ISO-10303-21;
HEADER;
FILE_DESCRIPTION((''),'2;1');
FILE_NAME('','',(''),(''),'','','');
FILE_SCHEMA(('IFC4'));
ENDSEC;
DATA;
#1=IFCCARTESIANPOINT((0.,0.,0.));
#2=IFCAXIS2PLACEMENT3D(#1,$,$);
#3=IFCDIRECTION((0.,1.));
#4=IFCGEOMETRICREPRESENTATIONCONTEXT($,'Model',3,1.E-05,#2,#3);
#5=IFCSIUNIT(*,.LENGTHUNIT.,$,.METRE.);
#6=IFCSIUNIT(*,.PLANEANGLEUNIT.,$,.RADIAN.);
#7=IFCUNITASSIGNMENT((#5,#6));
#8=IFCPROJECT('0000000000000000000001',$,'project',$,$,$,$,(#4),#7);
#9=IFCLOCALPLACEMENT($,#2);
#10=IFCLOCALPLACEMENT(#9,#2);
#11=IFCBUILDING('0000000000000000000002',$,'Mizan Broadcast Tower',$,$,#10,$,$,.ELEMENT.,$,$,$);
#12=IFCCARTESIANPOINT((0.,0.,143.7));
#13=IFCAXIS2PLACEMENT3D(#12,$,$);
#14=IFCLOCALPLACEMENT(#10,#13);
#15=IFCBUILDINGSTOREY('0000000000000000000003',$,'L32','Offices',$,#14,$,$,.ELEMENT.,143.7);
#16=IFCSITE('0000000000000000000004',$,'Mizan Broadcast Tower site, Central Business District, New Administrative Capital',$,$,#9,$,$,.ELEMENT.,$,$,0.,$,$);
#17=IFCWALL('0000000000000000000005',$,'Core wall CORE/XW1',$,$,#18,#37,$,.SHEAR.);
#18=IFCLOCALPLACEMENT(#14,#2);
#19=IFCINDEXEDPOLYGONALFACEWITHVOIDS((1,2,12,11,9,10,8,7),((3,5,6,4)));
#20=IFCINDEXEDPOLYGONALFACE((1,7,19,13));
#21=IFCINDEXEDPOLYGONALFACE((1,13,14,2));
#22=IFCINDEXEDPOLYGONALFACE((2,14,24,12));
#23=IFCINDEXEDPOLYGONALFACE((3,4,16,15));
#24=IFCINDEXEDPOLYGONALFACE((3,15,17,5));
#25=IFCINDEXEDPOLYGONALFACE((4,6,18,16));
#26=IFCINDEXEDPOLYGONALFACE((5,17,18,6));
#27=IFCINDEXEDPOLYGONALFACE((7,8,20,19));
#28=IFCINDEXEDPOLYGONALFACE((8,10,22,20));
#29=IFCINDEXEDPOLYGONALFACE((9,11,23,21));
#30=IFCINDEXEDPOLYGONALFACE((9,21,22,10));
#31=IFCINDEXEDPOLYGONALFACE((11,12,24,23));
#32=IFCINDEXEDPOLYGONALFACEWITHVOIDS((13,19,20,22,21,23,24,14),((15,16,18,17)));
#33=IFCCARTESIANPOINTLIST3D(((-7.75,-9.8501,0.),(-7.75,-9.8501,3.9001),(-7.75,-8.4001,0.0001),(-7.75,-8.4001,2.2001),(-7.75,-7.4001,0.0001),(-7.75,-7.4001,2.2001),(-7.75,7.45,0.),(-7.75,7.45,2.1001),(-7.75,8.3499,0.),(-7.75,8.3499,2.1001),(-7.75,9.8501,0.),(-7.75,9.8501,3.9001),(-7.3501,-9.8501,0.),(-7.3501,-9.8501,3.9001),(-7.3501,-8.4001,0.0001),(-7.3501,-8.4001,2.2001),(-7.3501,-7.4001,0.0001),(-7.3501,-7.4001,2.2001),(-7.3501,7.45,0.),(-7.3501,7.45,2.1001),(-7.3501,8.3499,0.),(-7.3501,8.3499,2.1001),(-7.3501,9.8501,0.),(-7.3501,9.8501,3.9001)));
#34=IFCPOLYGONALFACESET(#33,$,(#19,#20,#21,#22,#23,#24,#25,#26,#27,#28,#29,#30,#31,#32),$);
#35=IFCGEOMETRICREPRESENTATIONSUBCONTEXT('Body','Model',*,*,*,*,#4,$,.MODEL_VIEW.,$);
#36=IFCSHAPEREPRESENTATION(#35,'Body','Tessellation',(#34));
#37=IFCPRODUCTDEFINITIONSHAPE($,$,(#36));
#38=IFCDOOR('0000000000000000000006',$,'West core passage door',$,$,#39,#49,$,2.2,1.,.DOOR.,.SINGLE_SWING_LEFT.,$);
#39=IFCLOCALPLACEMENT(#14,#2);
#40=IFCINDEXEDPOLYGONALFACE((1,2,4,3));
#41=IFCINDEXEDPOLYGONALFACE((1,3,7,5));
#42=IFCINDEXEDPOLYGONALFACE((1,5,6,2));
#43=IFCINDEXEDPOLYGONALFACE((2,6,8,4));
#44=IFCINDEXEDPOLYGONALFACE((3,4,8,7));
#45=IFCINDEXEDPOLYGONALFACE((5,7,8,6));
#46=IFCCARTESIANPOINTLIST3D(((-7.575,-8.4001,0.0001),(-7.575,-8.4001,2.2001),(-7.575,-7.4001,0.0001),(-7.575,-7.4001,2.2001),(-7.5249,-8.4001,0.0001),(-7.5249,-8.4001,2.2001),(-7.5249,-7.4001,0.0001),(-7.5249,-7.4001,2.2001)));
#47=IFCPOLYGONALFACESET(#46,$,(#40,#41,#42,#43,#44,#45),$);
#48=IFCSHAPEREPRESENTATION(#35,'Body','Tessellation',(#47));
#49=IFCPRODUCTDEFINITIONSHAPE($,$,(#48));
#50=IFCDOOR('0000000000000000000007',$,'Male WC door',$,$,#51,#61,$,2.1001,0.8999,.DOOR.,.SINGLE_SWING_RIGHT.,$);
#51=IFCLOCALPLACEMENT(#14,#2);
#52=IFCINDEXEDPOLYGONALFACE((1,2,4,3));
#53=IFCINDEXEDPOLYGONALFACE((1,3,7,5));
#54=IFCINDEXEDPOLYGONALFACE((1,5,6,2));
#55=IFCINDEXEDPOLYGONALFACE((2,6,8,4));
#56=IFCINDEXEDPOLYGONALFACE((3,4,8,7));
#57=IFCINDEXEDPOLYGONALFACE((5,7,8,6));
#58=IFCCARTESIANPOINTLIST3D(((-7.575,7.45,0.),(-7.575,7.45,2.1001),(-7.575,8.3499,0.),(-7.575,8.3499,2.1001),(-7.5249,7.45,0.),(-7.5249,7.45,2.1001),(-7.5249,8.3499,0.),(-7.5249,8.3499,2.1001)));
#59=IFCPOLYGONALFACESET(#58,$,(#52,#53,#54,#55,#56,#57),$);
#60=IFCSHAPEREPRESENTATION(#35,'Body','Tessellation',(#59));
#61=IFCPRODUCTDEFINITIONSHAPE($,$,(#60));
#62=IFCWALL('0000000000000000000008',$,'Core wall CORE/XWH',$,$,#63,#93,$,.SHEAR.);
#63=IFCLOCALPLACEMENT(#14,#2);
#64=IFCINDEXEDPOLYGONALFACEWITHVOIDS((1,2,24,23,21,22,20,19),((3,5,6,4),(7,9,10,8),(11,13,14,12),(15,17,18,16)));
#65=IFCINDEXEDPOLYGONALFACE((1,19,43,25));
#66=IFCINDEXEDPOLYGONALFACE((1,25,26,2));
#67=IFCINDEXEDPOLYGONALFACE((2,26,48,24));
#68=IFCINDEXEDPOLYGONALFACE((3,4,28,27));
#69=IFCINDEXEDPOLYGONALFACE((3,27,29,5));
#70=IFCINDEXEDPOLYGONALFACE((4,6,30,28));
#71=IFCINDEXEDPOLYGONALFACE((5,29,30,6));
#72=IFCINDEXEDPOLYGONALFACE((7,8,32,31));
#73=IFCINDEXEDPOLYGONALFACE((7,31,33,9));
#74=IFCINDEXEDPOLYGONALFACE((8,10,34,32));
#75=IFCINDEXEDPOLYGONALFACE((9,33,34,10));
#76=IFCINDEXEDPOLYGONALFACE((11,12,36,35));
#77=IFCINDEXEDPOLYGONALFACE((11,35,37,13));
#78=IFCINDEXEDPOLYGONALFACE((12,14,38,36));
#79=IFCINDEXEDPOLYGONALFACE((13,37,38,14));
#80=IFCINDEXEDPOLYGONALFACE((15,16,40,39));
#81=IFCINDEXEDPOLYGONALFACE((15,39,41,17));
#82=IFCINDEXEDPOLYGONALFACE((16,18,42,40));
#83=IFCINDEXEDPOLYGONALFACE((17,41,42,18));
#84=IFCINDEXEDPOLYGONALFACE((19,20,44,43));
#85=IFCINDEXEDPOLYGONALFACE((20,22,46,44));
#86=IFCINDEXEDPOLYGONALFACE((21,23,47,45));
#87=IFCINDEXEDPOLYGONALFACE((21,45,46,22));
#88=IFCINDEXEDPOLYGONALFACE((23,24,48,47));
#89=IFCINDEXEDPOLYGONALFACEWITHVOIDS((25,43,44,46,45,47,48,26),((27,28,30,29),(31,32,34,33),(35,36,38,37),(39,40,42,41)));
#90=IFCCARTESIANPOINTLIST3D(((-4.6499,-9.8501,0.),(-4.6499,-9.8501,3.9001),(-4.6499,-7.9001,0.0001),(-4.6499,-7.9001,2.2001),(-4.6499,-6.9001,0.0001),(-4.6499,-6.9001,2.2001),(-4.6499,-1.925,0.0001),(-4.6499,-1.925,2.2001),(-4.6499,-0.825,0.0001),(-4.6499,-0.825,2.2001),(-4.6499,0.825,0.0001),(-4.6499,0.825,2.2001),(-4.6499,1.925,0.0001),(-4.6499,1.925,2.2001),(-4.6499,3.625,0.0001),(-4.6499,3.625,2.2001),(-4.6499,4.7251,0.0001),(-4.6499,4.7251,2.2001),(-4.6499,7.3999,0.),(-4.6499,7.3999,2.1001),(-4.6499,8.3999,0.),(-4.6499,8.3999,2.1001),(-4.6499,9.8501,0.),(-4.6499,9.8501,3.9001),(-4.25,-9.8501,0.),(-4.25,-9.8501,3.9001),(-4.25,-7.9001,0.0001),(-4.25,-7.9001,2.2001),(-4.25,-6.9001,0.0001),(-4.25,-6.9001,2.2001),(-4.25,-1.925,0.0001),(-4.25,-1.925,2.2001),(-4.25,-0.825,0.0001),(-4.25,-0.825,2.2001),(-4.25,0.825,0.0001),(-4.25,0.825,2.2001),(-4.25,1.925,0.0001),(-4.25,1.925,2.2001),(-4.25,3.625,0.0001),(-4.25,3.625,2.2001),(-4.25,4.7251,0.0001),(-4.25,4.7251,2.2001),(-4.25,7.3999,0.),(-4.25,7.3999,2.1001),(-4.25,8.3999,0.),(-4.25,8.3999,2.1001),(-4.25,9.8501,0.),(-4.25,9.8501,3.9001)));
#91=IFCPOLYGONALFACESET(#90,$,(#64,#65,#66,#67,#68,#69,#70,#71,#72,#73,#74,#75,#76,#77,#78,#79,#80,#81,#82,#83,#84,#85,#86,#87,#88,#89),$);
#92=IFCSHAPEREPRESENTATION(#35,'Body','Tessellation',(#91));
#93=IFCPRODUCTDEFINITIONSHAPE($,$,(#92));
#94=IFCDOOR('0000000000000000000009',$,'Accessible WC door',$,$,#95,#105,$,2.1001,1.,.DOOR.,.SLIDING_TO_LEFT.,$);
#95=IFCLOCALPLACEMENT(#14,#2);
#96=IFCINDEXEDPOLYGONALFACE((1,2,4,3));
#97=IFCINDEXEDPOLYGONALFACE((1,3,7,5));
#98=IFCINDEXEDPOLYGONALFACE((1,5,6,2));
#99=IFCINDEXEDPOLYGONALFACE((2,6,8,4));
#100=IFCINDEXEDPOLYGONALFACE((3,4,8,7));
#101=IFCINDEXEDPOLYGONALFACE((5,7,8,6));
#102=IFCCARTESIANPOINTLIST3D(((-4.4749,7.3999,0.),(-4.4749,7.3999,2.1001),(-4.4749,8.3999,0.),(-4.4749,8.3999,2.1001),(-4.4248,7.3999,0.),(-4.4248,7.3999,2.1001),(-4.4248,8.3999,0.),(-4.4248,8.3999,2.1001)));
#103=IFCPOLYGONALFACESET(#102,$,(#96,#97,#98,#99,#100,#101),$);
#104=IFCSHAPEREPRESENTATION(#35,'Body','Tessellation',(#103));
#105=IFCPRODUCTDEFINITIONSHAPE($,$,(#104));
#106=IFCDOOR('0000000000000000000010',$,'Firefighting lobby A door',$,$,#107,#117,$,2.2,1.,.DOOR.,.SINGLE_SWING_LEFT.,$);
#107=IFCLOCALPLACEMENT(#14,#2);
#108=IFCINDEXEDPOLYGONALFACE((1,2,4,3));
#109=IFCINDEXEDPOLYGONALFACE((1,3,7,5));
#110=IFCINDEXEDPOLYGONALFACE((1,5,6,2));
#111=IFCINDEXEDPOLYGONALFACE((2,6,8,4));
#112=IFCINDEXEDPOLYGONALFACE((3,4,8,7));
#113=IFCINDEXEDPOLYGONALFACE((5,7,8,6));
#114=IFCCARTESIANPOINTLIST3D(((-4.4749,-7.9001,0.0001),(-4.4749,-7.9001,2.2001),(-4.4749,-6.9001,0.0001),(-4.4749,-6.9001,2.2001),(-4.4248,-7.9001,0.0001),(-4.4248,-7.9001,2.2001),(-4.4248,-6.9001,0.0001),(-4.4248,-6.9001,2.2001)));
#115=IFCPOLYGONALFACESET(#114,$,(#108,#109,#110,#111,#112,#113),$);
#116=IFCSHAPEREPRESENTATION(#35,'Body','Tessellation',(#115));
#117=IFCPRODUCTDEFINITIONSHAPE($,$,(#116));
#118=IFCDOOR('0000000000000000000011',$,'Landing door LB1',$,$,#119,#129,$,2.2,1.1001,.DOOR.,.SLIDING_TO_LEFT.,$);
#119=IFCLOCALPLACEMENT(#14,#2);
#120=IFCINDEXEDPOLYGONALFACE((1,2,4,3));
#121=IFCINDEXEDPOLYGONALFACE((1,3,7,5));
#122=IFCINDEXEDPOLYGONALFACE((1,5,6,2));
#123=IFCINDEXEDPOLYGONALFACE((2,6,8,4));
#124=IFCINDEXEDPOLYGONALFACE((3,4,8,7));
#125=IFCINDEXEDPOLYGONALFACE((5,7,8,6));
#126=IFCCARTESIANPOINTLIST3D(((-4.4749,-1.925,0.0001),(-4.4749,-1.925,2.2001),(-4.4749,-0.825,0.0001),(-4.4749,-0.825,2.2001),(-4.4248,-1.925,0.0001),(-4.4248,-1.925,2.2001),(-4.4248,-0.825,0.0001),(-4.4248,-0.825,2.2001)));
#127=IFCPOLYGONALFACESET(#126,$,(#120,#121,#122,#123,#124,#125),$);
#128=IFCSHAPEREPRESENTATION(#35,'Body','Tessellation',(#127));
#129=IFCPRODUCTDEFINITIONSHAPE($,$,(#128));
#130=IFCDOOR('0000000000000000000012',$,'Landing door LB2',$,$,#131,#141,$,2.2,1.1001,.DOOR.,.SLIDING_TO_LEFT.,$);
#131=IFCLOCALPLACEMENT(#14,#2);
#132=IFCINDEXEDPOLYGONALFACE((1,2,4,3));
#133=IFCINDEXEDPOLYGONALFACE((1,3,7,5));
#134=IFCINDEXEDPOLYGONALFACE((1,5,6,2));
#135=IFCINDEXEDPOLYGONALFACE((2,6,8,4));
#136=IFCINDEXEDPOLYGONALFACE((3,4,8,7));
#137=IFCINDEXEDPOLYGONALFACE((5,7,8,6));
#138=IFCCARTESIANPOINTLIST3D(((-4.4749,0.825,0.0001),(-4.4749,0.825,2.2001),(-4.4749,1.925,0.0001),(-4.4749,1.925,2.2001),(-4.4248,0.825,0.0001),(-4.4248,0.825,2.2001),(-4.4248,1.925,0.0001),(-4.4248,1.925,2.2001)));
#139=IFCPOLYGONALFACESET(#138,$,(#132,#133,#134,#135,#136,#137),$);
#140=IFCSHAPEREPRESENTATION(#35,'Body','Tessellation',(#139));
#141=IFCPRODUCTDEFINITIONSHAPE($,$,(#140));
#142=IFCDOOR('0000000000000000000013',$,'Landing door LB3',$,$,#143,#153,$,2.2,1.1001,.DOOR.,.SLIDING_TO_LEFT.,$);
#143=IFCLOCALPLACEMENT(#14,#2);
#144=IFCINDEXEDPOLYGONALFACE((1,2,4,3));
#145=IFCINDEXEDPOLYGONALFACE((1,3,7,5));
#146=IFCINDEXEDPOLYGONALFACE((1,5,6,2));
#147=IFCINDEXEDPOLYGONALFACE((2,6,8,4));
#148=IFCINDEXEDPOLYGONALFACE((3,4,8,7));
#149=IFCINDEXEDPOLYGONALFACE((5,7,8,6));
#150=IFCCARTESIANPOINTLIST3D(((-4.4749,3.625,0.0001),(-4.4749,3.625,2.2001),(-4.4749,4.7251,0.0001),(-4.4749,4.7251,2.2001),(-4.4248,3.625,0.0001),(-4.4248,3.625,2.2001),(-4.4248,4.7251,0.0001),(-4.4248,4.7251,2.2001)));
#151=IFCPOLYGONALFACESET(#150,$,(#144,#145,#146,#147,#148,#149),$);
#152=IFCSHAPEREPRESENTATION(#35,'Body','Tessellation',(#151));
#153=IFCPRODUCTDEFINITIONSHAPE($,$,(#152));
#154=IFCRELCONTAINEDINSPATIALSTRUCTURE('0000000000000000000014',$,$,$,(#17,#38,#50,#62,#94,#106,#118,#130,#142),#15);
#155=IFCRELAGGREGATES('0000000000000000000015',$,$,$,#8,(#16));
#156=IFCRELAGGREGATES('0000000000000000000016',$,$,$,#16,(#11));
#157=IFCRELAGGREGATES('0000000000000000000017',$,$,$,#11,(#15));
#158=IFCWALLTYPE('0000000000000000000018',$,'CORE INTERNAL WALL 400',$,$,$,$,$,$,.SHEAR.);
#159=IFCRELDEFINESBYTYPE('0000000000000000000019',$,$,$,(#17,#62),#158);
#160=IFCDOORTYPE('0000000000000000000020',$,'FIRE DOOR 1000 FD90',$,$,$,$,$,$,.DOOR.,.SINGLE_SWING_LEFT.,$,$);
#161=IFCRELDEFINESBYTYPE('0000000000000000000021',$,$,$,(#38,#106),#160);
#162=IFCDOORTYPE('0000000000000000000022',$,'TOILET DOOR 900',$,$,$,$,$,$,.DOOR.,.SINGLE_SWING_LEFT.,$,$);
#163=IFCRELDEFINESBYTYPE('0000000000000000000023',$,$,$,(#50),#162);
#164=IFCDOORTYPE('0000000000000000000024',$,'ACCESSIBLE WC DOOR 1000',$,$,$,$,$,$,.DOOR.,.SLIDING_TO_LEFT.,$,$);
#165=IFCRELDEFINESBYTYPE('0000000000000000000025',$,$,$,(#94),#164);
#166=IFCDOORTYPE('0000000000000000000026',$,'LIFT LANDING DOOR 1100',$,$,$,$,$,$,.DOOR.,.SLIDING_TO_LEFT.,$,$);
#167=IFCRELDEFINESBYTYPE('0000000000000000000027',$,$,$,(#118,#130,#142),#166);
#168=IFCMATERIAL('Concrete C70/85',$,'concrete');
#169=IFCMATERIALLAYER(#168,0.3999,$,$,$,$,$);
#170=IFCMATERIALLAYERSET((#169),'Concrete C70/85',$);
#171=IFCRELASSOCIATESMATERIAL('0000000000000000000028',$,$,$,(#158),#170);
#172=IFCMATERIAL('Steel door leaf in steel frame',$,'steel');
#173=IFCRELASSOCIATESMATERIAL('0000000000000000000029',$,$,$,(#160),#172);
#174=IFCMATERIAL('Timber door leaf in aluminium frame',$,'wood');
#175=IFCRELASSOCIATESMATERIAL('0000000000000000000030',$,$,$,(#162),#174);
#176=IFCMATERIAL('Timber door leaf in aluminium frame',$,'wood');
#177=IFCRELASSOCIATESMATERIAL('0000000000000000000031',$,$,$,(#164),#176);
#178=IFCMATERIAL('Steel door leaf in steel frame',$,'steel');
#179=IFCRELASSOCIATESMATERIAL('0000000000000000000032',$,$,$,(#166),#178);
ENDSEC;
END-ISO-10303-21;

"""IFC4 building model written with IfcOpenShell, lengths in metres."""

from ifc_helpers import new_model, si_unit, direction, frame, frame_2d, origin, place, context, subcontext, project, spatial, rectangle, extrude, material, layer, layer_set, type_object, element, fill, save


model = new_model("IFC4")

# Units and contexts
model_context = context("Model", 3, precision=1e-05, world=origin(), true_north=direction((0.0, 1.0)))
body_context = subcontext(model_context, "Body", "Model", "MODEL_VIEW")
ifc_project = project(units=[si_unit("LENGTHUNIT", "METRE"), si_unit("PLANEANGLEUNIT", "RADIAN")], contexts=[model_context])

# Site, building, storey
site_placement = place(None, origin())
site = spatial("IfcSite", under=ifc_project, at=site_placement, Name="Mizan Broadcast Tower site, Central Business District, New Administrative Capital", CompositionType="ELEMENT", RefElevation=0.0)
building_placement = place(site_placement, origin())
building = spatial("IfcBuilding", under=site, at=building_placement, Name="Mizan Broadcast Tower", CompositionType="ELEMENT")
storey_placement = place(building_placement, frame((0.0, 0.0, 143.7)))
storey = spatial("IfcBuildingStorey", under=building, at=storey_placement, Name="L32", Description="Offices", CompositionType="ELEMENT", Elevation=143.7)

# Walls, openings, doors
ifc_material_1 = material(Name="Concrete C70/85", Category="concrete")
ifc_layer_1 = layer(ifc_material_1, 0.3999)
ifc_layer_set_1 = layer_set([ifc_layer_1], Name="Concrete C70/85")
wall_type_1 = type_object("IfcWallType", Name="CORE INTERNAL WALL 400", PredefinedType="SHEAR", material=ifc_layer_set_1)
wall_1_placement = place(storey_placement, frame((-7.55, -9.8501, 0.0), z_axis=(0.0, 0.0, 1.0), x_axis=(0.0, 1.0, 0.0)))
wall_1 = element("IfcWall", 1, at=wall_1_placement, inside=storey, type_object=wall_type_1, Name="Core wall CORE/XW1", PredefinedType="SHEAR", context=body_context, shape_type="SweptSolid", body=[
    extrude(rectangle(XDim=19.7002, YDim=0.3999, at=frame_2d((9.8501, 0.0))), origin(), (0.0, 0.0, 1.0), 3.9001),
])
opening_1_placement = place(wall_1_placement, frame((1.45, 0.0, 0.0)))
opening_1 = element("IfcOpeningElement", 2, at=opening_1_placement, cuts=wall_1, PredefinedType="OPENING", context=body_context, shape_type="SweptSolid", body=[
    extrude(rectangle(XDim=1.0, YDim=2.2, at=frame_2d((0.5, 1.1001))), frame((0.0, 0.21, 0.0), z_axis=(0.0, -1.0, 0.0), x_axis=(1.0, 0.0, 0.0)), (0.0, 0.0, 1.0), 0.4199),
])
opening_2_placement = place(wall_1_placement, frame((17.3, 0.0, 0.0)))
opening_2 = element("IfcOpeningElement", 3, at=opening_2_placement, cuts=wall_1, PredefinedType="OPENING", context=body_context, shape_type="SweptSolid", body=[
    extrude(rectangle(XDim=0.8999, YDim=2.1001, at=frame_2d((0.45, 1.05))), frame((0.0, 0.21, 0.0), z_axis=(0.0, -1.0, 0.0), x_axis=(1.0, 0.0, 0.0)), (0.0, 0.0, 1.0), 0.4199),
])
ifc_material_2 = material(Name="Steel door leaf in steel frame", Category="steel")
door_type_1 = type_object("IfcDoorType", Name="FIRE DOOR 1000 FD90", OperationType="SINGLE_SWING_LEFT", PredefinedType="DOOR", material=ifc_material_2)
door_1_placement = place(opening_1_placement, origin())
door_1 = element("IfcDoor", 4, at=door_1_placement, inside=storey, type_object=door_type_1, Name="West core passage door", OperationType="SINGLE_SWING_LEFT", OverallHeight=2.2, OverallWidth=1.0, PredefinedType="DOOR", context=body_context, shape_type="SweptSolid", body=[
    extrude(rectangle(XDim=1.0, YDim=2.2, at=frame_2d((0.5, 1.1001))), frame((0.0, 0.0249, 0.0), z_axis=(0.0, -1.0, 0.0), x_axis=(1.0, 0.0, 0.0)), (0.0, 0.0, 1.0), 0.05),
])
fill(opening_1, door_1)
ifc_material_3 = material(Name="Timber door leaf in aluminium frame", Category="wood")
door_type_2 = type_object("IfcDoorType", Name="TOILET DOOR 900", OperationType="SINGLE_SWING_LEFT", PredefinedType="DOOR", material=ifc_material_3)
door_2_placement = place(opening_2_placement, origin())
door_2 = element("IfcDoor", 5, at=door_2_placement, inside=storey, type_object=door_type_2, Name="Male WC door", OperationType="SINGLE_SWING_RIGHT", OverallHeight=2.1001, OverallWidth=0.8999, PredefinedType="DOOR", context=body_context, shape_type="SweptSolid", body=[
    extrude(rectangle(XDim=0.8999, YDim=2.1001, at=frame_2d((0.45, 1.05))), frame((0.0, 0.0249, 0.0), z_axis=(0.0, -1.0, 0.0), x_axis=(1.0, 0.0, 0.0)), (0.0, 0.0, 1.0), 0.05),
])
fill(opening_2, door_2)
wall_2_placement = place(storey_placement, frame((-4.45, -9.8501, 0.0), z_axis=(0.0, 0.0, 1.0), x_axis=(0.0, 1.0, 0.0)))
wall_2 = element("IfcWall", 6, at=wall_2_placement, inside=storey, type_object=wall_type_1, Name="Core wall CORE/XWH", PredefinedType="SHEAR", context=body_context, shape_type="SweptSolid", body=[
    extrude(rectangle(XDim=19.7002, YDim=0.3999, at=frame_2d((9.8501, 0.0))), origin(), (0.0, 0.0, 1.0), 3.9001),
])
opening_3_placement = place(wall_2_placement, frame((1.95, 0.0, 0.0)))
opening_3 = element("IfcOpeningElement", 7, at=opening_3_placement, cuts=wall_2, PredefinedType="OPENING", context=body_context, shape_type="SweptSolid", body=[
    extrude(rectangle(XDim=1.0, YDim=2.2, at=frame_2d((0.5, 1.1001))), frame((0.0, 0.21, 0.0), z_axis=(0.0, -1.0, 0.0), x_axis=(1.0, 0.0, 0.0)), (0.0, 0.0, 1.0), 0.4199),
])
opening_4_placement = place(wall_2_placement, frame((17.25, 0.0, 0.0)))
opening_4 = element("IfcOpeningElement", 8, at=opening_4_placement, cuts=wall_2, PredefinedType="OPENING", context=body_context, shape_type="SweptSolid", body=[
    extrude(rectangle(XDim=1.0, YDim=2.1001, at=frame_2d((0.5, 1.05))), frame((0.0, 0.21, 0.0), z_axis=(0.0, -1.0, 0.0), x_axis=(1.0, 0.0, 0.0)), (0.0, 0.0, 1.0), 0.4199),
])
opening_5_placement = place(wall_2_placement, frame((7.925, 0.0, 0.0)))
opening_5 = element("IfcOpeningElement", 9, at=opening_5_placement, cuts=wall_2, PredefinedType="OPENING", context=body_context, shape_type="SweptSolid", body=[
    extrude(rectangle(XDim=1.1001, YDim=2.2, at=frame_2d((0.55, 1.1001))), frame((0.0, 0.21, 0.0), z_axis=(0.0, -1.0, 0.0), x_axis=(1.0, 0.0, 0.0)), (0.0, 0.0, 1.0), 0.4199),
])
opening_6_placement = place(wall_2_placement, frame((10.675, 0.0, 0.0)))
opening_6 = element("IfcOpeningElement", 10, at=opening_6_placement, cuts=wall_2, PredefinedType="OPENING", context=body_context, shape_type="SweptSolid", body=[
    extrude(rectangle(XDim=1.1001, YDim=2.2, at=frame_2d((0.55, 1.1001))), frame((0.0, 0.21, 0.0), z_axis=(0.0, -1.0, 0.0), x_axis=(1.0, 0.0, 0.0)), (0.0, 0.0, 1.0), 0.4199),
])
opening_7_placement = place(wall_2_placement, frame((13.4751, 0.0, 0.0)))
opening_7 = element("IfcOpeningElement", 11, at=opening_7_placement, cuts=wall_2, PredefinedType="OPENING", context=body_context, shape_type="SweptSolid", body=[
    extrude(rectangle(XDim=1.1001, YDim=2.2, at=frame_2d((0.55, 1.1001))), frame((0.0, 0.21, 0.0), z_axis=(0.0, -1.0, 0.0), x_axis=(1.0, 0.0, 0.0)), (0.0, 0.0, 1.0), 0.4199),
])
ifc_material_4 = material(Name="Timber door leaf in aluminium frame", Category="wood")
door_type_3 = type_object("IfcDoorType", Name="ACCESSIBLE WC DOOR 1000", OperationType="SLIDING_TO_LEFT", PredefinedType="DOOR", material=ifc_material_4)
door_3_placement = place(opening_4_placement, origin())
door_3 = element("IfcDoor", 12, at=door_3_placement, inside=storey, type_object=door_type_3, Name="Accessible WC door", OperationType="SLIDING_TO_LEFT", OverallHeight=2.1001, OverallWidth=1.0, PredefinedType="DOOR", context=body_context, shape_type="SweptSolid", body=[
    extrude(rectangle(XDim=1.0, YDim=2.1001, at=frame_2d((0.5, 1.05))), frame((0.0, 0.0249, 0.0), z_axis=(0.0, -1.0, 0.0), x_axis=(1.0, 0.0, 0.0)), (0.0, 0.0, 1.0), 0.05),
])
fill(opening_4, door_3)
door_4_placement = place(opening_3_placement, origin())
door_4 = element("IfcDoor", 13, at=door_4_placement, inside=storey, type_object=door_type_1, Name="Firefighting lobby A door", OperationType="SINGLE_SWING_LEFT", OverallHeight=2.2, OverallWidth=1.0, PredefinedType="DOOR", context=body_context, shape_type="SweptSolid", body=[
    extrude(rectangle(XDim=1.0, YDim=2.2, at=frame_2d((0.5, 1.1001))), frame((0.0, 0.0249, 0.0), z_axis=(0.0, -1.0, 0.0), x_axis=(1.0, 0.0, 0.0)), (0.0, 0.0, 1.0), 0.05),
])
fill(opening_3, door_4)
ifc_material_5 = material(Name="Steel door leaf in steel frame", Category="steel")
door_type_4 = type_object("IfcDoorType", Name="LIFT LANDING DOOR 1100", OperationType="SLIDING_TO_LEFT", PredefinedType="DOOR", material=ifc_material_5)
door_5_placement = place(opening_5_placement, origin())
door_5 = element("IfcDoor", 14, at=door_5_placement, inside=storey, type_object=door_type_4, Name="Landing door LB1", OperationType="SLIDING_TO_LEFT", OverallHeight=2.2, OverallWidth=1.1001, PredefinedType="DOOR", context=body_context, shape_type="SweptSolid", body=[
    extrude(rectangle(XDim=1.1001, YDim=2.2, at=frame_2d((0.55, 1.1001))), frame((0.0, 0.0249, 0.0), z_axis=(0.0, -1.0, 0.0), x_axis=(1.0, 0.0, 0.0)), (0.0, 0.0, 1.0), 0.05),
])
fill(opening_5, door_5)
door_6_placement = place(opening_6_placement, origin())
door_6 = element("IfcDoor", 15, at=door_6_placement, inside=storey, type_object=door_type_4, Name="Landing door LB2", OperationType="SLIDING_TO_LEFT", OverallHeight=2.2, OverallWidth=1.1001, PredefinedType="DOOR", context=body_context, shape_type="SweptSolid", body=[
    extrude(rectangle(XDim=1.1001, YDim=2.2, at=frame_2d((0.55, 1.1001))), frame((0.0, 0.0249, 0.0), z_axis=(0.0, -1.0, 0.0), x_axis=(1.0, 0.0, 0.0)), (0.0, 0.0, 1.0), 0.05),
])
fill(opening_6, door_6)
door_7_placement = place(opening_7_placement, origin())
door_7 = element("IfcDoor", 16, at=door_7_placement, inside=storey, type_object=door_type_4, Name="Landing door LB3", OperationType="SLIDING_TO_LEFT", OverallHeight=2.2, OverallWidth=1.1001, PredefinedType="DOOR", context=body_context, shape_type="SweptSolid", body=[
    extrude(rectangle(XDim=1.1001, YDim=2.2, at=frame_2d((0.55, 1.1001))), frame((0.0, 0.0249, 0.0), z_axis=(0.0, -1.0, 0.0), x_axis=(1.0, 0.0, 0.0)), (0.0, 0.0, 1.0), 0.05),
])
fill(opening_7, door_7)

save(model, "model.ifc")
